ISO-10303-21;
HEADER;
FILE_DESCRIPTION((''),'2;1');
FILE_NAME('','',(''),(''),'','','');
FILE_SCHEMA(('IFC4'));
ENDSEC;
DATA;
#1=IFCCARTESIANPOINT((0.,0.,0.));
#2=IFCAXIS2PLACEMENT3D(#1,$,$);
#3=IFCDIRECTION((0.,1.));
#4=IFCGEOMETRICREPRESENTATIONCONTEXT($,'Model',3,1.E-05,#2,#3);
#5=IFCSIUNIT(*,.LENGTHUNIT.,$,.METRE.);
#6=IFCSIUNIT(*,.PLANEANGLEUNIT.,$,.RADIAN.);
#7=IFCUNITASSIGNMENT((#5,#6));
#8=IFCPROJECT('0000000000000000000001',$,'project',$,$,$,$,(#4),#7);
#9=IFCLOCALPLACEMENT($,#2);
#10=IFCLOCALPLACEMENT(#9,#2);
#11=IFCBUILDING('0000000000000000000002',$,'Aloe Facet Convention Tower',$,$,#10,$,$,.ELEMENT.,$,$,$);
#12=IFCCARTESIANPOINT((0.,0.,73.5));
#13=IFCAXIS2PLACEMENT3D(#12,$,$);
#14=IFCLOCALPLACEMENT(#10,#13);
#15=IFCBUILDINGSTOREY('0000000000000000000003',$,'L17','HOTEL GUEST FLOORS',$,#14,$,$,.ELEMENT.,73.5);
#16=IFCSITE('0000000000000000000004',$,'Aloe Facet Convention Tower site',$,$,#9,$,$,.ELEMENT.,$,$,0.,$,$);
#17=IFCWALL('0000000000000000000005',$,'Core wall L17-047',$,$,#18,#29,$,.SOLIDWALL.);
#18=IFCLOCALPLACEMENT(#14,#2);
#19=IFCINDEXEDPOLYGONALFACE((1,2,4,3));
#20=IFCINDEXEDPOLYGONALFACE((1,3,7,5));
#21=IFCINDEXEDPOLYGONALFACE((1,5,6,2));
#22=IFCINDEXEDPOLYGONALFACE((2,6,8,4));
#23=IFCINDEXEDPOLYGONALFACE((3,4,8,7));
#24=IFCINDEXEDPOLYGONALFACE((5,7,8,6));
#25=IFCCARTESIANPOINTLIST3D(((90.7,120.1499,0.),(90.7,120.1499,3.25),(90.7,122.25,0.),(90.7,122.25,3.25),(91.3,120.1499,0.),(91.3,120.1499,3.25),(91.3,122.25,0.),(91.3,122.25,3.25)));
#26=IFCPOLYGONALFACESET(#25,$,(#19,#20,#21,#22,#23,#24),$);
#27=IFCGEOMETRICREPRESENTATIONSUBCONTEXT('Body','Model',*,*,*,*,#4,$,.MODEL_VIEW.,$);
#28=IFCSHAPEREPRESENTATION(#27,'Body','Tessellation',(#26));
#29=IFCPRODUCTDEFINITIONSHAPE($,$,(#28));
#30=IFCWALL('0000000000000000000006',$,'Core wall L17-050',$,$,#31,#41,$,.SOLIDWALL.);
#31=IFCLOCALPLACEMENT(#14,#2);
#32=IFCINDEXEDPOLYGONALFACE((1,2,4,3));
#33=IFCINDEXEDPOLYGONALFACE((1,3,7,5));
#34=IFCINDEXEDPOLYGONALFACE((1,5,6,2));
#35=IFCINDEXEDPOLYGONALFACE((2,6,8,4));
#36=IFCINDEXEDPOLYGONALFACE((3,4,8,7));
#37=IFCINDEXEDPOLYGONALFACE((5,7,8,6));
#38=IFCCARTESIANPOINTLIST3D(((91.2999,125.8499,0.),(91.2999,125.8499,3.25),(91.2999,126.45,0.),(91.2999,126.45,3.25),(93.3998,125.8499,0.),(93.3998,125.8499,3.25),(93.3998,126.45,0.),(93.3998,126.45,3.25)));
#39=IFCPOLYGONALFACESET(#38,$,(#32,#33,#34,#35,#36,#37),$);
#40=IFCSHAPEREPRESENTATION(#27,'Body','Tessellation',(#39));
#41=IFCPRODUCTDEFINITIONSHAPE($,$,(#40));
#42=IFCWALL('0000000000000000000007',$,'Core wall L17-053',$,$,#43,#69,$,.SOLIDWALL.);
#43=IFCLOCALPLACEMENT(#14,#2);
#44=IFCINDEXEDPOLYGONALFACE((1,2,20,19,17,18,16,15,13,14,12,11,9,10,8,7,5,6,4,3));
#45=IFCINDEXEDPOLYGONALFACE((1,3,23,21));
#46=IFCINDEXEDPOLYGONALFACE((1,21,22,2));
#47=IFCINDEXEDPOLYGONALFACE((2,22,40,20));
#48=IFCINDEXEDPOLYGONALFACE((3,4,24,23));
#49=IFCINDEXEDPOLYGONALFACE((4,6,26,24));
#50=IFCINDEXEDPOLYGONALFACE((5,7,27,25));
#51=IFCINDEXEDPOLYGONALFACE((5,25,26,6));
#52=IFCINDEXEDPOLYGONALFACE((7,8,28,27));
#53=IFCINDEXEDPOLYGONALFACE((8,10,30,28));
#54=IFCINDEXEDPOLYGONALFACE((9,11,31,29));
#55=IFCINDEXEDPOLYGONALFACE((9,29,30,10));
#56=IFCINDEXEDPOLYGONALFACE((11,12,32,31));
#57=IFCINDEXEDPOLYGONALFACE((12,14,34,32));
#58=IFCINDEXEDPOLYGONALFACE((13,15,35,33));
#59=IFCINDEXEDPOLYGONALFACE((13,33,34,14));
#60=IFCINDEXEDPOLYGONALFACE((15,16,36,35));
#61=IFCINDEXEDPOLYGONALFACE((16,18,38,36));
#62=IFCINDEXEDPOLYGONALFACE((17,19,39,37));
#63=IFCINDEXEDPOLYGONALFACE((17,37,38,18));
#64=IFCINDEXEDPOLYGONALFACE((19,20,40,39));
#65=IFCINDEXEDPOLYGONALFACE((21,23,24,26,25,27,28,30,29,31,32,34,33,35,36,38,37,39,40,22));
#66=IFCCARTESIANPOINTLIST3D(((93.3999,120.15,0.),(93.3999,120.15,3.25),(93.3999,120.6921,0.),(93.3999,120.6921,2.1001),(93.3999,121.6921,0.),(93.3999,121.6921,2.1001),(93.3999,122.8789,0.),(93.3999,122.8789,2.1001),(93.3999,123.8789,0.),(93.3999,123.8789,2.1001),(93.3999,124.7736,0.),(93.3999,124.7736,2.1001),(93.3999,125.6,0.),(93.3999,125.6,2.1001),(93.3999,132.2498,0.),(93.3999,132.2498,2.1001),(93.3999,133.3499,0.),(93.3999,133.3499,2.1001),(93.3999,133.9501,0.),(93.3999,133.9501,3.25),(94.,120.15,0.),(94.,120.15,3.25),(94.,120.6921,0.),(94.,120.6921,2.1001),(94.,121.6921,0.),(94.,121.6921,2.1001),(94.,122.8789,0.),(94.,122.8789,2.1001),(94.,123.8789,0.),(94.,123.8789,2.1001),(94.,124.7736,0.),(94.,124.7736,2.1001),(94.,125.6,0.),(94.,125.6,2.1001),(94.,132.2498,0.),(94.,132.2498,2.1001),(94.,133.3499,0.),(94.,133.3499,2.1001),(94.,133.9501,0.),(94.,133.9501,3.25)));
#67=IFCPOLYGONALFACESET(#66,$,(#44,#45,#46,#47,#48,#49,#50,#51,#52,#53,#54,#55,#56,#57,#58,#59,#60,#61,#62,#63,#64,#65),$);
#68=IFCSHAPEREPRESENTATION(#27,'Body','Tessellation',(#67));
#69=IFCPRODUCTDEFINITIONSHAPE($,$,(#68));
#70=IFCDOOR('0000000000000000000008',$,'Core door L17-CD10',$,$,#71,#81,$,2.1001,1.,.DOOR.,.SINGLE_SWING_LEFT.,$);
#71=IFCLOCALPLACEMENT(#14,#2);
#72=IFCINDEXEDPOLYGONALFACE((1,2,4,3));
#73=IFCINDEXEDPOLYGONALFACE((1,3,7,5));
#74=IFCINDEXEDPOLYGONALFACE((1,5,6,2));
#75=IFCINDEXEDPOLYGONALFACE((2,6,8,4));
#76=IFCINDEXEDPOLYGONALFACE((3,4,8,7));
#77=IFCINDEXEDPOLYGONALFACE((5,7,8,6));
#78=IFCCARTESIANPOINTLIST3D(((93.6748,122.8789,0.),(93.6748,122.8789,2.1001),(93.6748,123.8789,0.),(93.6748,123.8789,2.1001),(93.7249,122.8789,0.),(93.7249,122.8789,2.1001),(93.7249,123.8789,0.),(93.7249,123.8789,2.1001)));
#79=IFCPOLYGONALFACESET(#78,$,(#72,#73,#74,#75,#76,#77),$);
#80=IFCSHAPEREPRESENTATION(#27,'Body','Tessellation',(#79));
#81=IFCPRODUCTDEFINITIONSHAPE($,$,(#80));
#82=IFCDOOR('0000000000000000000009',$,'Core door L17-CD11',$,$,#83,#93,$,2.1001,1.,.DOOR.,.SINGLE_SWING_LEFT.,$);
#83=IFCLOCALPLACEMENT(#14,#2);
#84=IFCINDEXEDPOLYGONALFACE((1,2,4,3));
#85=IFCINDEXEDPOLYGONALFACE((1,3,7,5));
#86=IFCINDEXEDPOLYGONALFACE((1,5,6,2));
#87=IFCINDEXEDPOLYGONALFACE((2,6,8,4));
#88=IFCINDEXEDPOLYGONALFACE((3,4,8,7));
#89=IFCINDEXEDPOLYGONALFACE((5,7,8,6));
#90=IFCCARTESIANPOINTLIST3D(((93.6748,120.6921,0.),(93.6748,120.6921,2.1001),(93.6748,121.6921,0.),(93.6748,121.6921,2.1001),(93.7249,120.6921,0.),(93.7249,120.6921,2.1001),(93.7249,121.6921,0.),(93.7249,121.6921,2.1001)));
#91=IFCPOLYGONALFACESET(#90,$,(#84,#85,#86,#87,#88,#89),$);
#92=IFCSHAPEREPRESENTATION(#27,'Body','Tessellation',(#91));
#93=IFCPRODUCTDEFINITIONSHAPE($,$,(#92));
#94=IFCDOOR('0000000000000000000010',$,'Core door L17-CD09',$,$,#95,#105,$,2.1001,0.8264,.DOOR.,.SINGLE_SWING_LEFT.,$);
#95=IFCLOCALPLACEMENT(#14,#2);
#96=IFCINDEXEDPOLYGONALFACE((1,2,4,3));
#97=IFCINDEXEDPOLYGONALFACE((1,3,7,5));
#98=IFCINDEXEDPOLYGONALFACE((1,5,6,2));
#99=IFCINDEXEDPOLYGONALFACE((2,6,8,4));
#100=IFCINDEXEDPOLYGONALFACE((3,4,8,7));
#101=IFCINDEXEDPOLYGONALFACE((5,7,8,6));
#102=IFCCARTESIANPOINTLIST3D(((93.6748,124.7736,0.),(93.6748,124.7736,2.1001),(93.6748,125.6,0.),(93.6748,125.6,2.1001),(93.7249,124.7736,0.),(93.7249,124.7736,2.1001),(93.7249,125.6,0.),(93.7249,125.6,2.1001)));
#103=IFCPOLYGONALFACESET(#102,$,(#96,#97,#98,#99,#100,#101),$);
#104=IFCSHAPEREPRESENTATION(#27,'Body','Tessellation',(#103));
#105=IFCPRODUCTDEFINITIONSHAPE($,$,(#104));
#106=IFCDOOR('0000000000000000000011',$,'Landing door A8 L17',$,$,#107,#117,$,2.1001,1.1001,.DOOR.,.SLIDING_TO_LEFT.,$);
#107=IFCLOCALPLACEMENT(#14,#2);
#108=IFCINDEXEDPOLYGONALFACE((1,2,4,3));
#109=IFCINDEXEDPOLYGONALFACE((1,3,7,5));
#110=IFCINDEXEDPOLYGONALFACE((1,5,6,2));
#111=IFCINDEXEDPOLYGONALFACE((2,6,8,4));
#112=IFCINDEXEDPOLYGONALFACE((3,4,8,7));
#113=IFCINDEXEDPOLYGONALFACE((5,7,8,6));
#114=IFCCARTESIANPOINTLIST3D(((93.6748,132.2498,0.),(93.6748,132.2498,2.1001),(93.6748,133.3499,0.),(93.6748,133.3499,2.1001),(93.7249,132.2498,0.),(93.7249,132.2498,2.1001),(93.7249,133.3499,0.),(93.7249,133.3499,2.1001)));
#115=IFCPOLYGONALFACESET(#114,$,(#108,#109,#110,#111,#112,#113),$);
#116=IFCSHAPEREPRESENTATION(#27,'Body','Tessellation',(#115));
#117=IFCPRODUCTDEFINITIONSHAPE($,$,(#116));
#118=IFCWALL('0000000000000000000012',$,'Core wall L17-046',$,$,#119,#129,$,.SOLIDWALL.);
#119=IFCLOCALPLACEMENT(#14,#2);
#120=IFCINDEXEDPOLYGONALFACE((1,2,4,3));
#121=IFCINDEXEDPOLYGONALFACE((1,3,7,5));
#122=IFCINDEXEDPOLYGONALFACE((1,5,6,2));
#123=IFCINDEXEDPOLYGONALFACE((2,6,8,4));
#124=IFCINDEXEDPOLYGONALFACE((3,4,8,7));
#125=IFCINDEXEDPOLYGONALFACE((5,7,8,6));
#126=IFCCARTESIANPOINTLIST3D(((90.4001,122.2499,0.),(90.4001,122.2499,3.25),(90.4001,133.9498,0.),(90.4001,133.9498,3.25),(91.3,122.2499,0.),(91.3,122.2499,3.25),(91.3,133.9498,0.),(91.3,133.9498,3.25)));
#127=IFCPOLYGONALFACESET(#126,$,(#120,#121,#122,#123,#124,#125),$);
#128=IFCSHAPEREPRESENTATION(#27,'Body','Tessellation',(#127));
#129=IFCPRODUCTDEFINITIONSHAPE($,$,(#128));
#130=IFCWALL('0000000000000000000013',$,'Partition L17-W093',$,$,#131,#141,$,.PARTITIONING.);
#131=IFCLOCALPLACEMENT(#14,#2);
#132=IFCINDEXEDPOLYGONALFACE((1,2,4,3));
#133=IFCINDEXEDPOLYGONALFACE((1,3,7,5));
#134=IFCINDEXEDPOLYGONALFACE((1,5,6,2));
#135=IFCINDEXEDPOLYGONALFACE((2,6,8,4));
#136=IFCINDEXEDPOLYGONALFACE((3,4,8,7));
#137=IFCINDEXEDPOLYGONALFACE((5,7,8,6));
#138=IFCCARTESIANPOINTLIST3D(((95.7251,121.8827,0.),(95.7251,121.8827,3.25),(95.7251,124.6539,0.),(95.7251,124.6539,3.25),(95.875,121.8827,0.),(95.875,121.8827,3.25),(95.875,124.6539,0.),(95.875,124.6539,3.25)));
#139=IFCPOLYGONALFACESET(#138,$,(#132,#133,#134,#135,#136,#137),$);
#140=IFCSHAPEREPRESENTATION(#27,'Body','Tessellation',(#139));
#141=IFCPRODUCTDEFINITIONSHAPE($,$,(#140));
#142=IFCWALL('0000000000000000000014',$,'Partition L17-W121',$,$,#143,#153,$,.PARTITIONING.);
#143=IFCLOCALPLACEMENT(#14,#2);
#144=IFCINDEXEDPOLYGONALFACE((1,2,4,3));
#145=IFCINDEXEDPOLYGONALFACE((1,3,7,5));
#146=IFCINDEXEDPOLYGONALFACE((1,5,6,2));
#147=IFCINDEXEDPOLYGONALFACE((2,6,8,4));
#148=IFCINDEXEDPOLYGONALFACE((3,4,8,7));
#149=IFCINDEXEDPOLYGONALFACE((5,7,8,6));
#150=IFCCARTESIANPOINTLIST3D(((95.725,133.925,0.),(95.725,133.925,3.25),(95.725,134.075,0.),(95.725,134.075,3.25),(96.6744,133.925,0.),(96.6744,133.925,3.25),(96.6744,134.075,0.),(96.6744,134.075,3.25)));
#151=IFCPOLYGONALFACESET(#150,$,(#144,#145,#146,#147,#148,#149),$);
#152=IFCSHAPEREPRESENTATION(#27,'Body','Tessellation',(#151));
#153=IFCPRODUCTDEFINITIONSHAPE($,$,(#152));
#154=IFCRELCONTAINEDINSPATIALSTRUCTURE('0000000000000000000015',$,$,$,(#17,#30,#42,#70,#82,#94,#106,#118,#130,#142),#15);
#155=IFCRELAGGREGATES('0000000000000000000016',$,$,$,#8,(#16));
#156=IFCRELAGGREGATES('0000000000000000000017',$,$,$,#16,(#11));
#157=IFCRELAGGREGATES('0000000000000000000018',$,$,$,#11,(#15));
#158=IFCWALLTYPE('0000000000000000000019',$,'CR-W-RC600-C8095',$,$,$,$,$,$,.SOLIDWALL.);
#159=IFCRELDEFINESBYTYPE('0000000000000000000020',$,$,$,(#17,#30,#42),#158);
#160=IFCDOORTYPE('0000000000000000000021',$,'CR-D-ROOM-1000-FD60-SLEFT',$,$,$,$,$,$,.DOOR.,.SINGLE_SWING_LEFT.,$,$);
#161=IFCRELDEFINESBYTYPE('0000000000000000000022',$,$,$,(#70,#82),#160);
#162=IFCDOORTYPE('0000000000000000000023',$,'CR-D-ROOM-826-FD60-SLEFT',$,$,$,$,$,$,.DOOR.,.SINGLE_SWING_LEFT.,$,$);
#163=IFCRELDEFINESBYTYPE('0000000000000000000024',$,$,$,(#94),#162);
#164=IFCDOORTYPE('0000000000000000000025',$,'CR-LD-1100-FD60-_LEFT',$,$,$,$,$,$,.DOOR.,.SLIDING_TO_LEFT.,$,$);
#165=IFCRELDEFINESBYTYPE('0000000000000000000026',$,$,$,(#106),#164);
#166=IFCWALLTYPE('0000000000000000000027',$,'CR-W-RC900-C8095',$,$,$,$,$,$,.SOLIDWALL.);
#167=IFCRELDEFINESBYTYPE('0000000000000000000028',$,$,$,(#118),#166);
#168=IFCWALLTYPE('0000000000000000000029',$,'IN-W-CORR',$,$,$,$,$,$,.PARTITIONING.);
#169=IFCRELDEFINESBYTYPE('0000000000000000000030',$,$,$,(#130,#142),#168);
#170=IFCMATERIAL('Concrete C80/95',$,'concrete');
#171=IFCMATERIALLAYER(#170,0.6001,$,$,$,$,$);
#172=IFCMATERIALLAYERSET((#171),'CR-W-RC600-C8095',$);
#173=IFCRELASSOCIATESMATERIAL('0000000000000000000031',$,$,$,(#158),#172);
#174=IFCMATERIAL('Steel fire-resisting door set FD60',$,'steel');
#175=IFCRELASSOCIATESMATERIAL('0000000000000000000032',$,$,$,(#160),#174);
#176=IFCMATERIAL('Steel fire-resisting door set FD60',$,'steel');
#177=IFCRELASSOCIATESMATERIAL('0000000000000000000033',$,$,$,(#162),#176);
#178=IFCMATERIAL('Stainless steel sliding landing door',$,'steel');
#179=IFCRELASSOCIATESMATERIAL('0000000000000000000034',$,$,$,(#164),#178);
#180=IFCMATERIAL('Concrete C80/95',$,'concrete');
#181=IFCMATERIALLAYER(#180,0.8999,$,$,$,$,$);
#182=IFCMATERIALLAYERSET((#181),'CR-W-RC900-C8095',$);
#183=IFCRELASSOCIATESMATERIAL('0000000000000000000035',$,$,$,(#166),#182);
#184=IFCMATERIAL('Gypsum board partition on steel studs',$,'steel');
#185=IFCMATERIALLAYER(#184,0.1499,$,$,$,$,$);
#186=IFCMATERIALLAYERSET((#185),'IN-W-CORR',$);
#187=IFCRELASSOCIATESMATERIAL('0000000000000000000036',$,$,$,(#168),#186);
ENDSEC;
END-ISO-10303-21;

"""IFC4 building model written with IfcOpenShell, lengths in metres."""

from ifc_helpers import new_model, si_unit, direction, frame, frame_2d, origin, place, context, subcontext, project, spatial, rectangle, extrude, material, layer, layer_set, type_object, element, fill, save


model = new_model("IFC4")

# Units and contexts
model_context = context("Model", 3, precision=1e-05, world=origin(), true_north=direction((0.0, 1.0)))
body_context = subcontext(model_context, "Body", "Model", "MODEL_VIEW")
ifc_project = project(units=[si_unit("LENGTHUNIT", "METRE"), si_unit("PLANEANGLEUNIT", "RADIAN")], contexts=[model_context])

# Site, building, storey
site_placement = place(None, origin())
site = spatial("IfcSite", under=ifc_project, at=site_placement, Name="Aloe Facet Convention Tower site", CompositionType="ELEMENT", RefElevation=0.0)
building_placement = place(site_placement, origin())
building = spatial("IfcBuilding", under=site, at=building_placement, Name="Aloe Facet Convention Tower", CompositionType="ELEMENT")
storey_placement = place(building_placement, frame((0.0, 0.0, 73.5)))
storey = spatial("IfcBuildingStorey", under=building, at=storey_placement, Name="L17", Description="HOTEL GUEST FLOORS", CompositionType="ELEMENT", Elevation=73.5)

# Walls
ifc_material_1 = material(Name="Concrete C80/95", Category="concrete")
ifc_layer_1 = layer(ifc_material_1, 0.6001)
ifc_layer_set_1 = layer_set([ifc_layer_1], Name="CR-W-RC600-C8095")
wall_type_1 = type_object("IfcWallType", Name="CR-W-RC600-C8095", PredefinedType="SOLIDWALL", material=ifc_layer_set_1)
wall_1_placement = place(storey_placement, frame((91.0, 122.25, 0.0), z_axis=(0.0, 0.0, 1.0), x_axis=(0.0, -1.0, 0.0)))
element("IfcWall", 1, at=wall_1_placement, inside=storey, type_object=wall_type_1, Name="Core wall L17-047", PredefinedType="SOLIDWALL", context=body_context, shape_type="SweptSolid", body=[
    extrude(rectangle(XDim=2.1001, YDim=0.6001, at=frame_2d((1.05, 0.0))), origin(), (0.0, 0.0, 1.0), 3.25),
])
wall_2_placement = place(storey_placement, frame((91.3, 126.1499, 0.0), z_axis=(0.0, 0.0, 1.0), x_axis=(1.0, 0.0, 0.0)))
element("IfcWall", 2, at=wall_2_placement, inside=storey, type_object=wall_type_1, Name="Core wall L17-050", PredefinedType="SOLIDWALL", context=body_context, shape_type="SweptSolid", body=[
    extrude(rectangle(XDim=2.0999, YDim=0.6001, at=frame_2d((1.0498, 0.0))), origin(), (0.0, 0.0, 1.0), 3.25),
])

# Wall, openings, doors
wall_3_placement = place(storey_placement, frame((93.7, 133.95, 0.0), z_axis=(0.0, 0.0, 1.0), x_axis=(0.0, -1.0, 0.0)))
wall_3 = element("IfcWall", 3, at=wall_3_placement, inside=storey, type_object=wall_type_1, Name="Core wall L17-053", PredefinedType="SOLIDWALL", context=body_context, shape_type="SweptSolid", body=[
    extrude(rectangle(XDim=13.8, YDim=0.6001, at=frame_2d((6.8999, 0.0))), origin(), (0.0, 0.0, 1.0), 3.25),
])
opening_1_placement = place(wall_3_placement, frame((0.6001, 0.0, 0.0)))
opening_1 = element("IfcOpeningElement", 4, at=opening_1_placement, cuts=wall_3, PredefinedType="OPENING", context=body_context, shape_type="SweptSolid", body=[
    extrude(rectangle(XDim=1.1001, YDim=2.1001, at=frame_2d((0.55, 1.05))), frame((0.0, 0.3101, 0.0), z_axis=(0.0, -1.0, 0.0), x_axis=(1.0, 0.0, 0.0)), (0.0, 0.0, 1.0), 0.6201),
])
opening_2_placement = place(wall_3_placement, frame((8.3501, 0.0, 0.0)))
opening_2 = element("IfcOpeningElement", 5, at=opening_2_placement, cuts=wall_3, PredefinedType="OPENING", context=body_context, shape_type="SweptSolid", body=[
    extrude(rectangle(XDim=0.8264, YDim=2.1001, at=frame_2d((0.4131, 1.05))), frame((0.0, 0.3101, 0.0), z_axis=(0.0, -1.0, 0.0), x_axis=(1.0, 0.0, 0.0)), (0.0, 0.0, 1.0), 0.6201),
])
opening_3_placement = place(wall_3_placement, frame((10.071, 0.0, 0.0)))
opening_3 = element("IfcOpeningElement", 6, at=opening_3_placement, cuts=wall_3, PredefinedType="OPENING", context=body_context, shape_type="SweptSolid", body=[
    extrude(rectangle(XDim=1.0, YDim=2.1001, at=frame_2d((0.5, 1.05))), frame((0.0, 0.3101, 0.0), z_axis=(0.0, -1.0, 0.0), x_axis=(1.0, 0.0, 0.0)), (0.0, 0.0, 1.0), 0.6201),
])
opening_4_placement = place(wall_3_placement, frame((12.2578, 0.0, 0.0)))
opening_4 = element("IfcOpeningElement", 7, at=opening_4_placement, cuts=wall_3, PredefinedType="OPENING", context=body_context, shape_type="SweptSolid", body=[
    extrude(rectangle(XDim=1.0, YDim=2.1001, at=frame_2d((0.5, 1.05))), frame((0.0, 0.3101, 0.0), z_axis=(0.0, -1.0, 0.0), x_axis=(1.0, 0.0, 0.0)), (0.0, 0.0, 1.0), 0.6201),
])
ifc_material_2 = material(Name="Steel fire-resisting door set FD60", Category="steel")
door_type_1 = type_object("IfcDoorType", Name="CR-D-ROOM-1000-FD60-SLEFT", OperationType="SINGLE_SWING_LEFT", PredefinedType="DOOR", material=ifc_material_2)
door_1_placement = place(opening_3_placement, origin())
door_1 = element("IfcDoor", 8, at=door_1_placement, inside=storey, type_object=door_type_1, Name="Core door L17-CD10", OperationType="SINGLE_SWING_LEFT", OverallHeight=2.1001, OverallWidth=1.0, PredefinedType="DOOR", context=body_context, shape_type="SweptSolid", body=[
    extrude(rectangle(XDim=1.0, YDim=2.1001, at=frame_2d((0.5, 1.05))), frame((0.0, 0.0249, 0.0), z_axis=(0.0, -1.0, 0.0), x_axis=(1.0, 0.0, 0.0)), (0.0, 0.0, 1.0), 0.05),
])
fill(opening_3, door_1)
door_2_placement = place(opening_4_placement, origin())
door_2 = element("IfcDoor", 9, at=door_2_placement, inside=storey, type_object=door_type_1, Name="Core door L17-CD11", OperationType="SINGLE_SWING_LEFT", OverallHeight=2.1001, OverallWidth=1.0, PredefinedType="DOOR", context=body_context, shape_type="SweptSolid", body=[
    extrude(rectangle(XDim=1.0, YDim=2.1001, at=frame_2d((0.5, 1.05))), frame((0.0, 0.0249, 0.0), z_axis=(0.0, -1.0, 0.0), x_axis=(1.0, 0.0, 0.0)), (0.0, 0.0, 1.0), 0.05),
])
fill(opening_4, door_2)
ifc_material_3 = material(Name="Steel fire-resisting door set FD60", Category="steel")
door_type_2 = type_object("IfcDoorType", Name="CR-D-ROOM-826-FD60-SLEFT", OperationType="SINGLE_SWING_LEFT", PredefinedType="DOOR", material=ifc_material_3)
door_3_placement = place(opening_2_placement, origin())
door_3 = element("IfcDoor", 10, at=door_3_placement, inside=storey, type_object=door_type_2, Name="Core door L17-CD09", OperationType="SINGLE_SWING_LEFT", OverallHeight=2.1001, OverallWidth=0.8264, PredefinedType="DOOR", context=body_context, shape_type="SweptSolid", body=[
    extrude(rectangle(XDim=0.8264, YDim=2.1001, at=frame_2d((0.4131, 1.05))), frame((0.0, 0.0249, 0.0), z_axis=(0.0, -1.0, 0.0), x_axis=(1.0, 0.0, 0.0)), (0.0, 0.0, 1.0), 0.05),
])
fill(opening_2, door_3)
ifc_material_4 = material(Name="Stainless steel sliding landing door", Category="steel")
door_type_3 = type_object("IfcDoorType", Name="CR-LD-1100-FD60-_LEFT", OperationType="SLIDING_TO_LEFT", PredefinedType="DOOR", material=ifc_material_4)
door_4_placement = place(opening_1_placement, origin())
door_4 = element("IfcDoor", 11, at=door_4_placement, inside=storey, type_object=door_type_3, Name="Landing door A8 L17", OperationType="SLIDING_TO_LEFT", OverallHeight=2.1001, OverallWidth=1.1001, PredefinedType="DOOR", context=body_context, shape_type="SweptSolid", body=[
    extrude(rectangle(XDim=1.1001, YDim=2.1001, at=frame_2d((0.55, 1.05))), frame((0.0, 0.0249, 0.0), z_axis=(0.0, -1.0, 0.0), x_axis=(1.0, 0.0, 0.0)), (0.0, 0.0, 1.0), 0.05),
])
fill(opening_1, door_4)

# Walls
ifc_material_5 = material(Name="Concrete C80/95", Category="concrete")
ifc_layer_2 = layer(ifc_material_5, 0.8999)
ifc_layer_set_2 = layer_set([ifc_layer_2], Name="CR-W-RC900-C8095")
wall_type_2 = type_object("IfcWallType", Name="CR-W-RC900-C8095", PredefinedType="SOLIDWALL", material=ifc_layer_set_2)
wall_4_placement = place(storey_placement, frame((90.8501, 133.95, 0.0), z_axis=(0.0, 0.0, 1.0), x_axis=(0.0, -1.0, 0.0)))
element("IfcWall", 12, at=wall_4_placement, inside=storey, type_object=wall_type_2, Name="Core wall L17-046", PredefinedType="SOLIDWALL", context=body_context, shape_type="SweptSolid", body=[
    extrude(rectangle(XDim=11.7, YDim=0.8999, at=frame_2d((5.8501, 0.0))), origin(), (0.0, 0.0, 1.0), 3.25),
])
ifc_material_6 = material(Name="Gypsum board partition on steel studs", Category="steel")
ifc_layer_3 = layer(ifc_material_6, 0.1499)
ifc_layer_set_3 = layer_set([ifc_layer_3], Name="IN-W-CORR")
wall_type_3 = type_object("IfcWallType", Name="IN-W-CORR", PredefinedType="PARTITIONING", material=ifc_layer_set_3)
wall_5_placement = place(storey_placement, frame((95.8, 121.8826, 0.0), z_axis=(0.0, 0.0, 1.0), x_axis=(0.0, 1.0, 0.0)))
element("IfcWall", 13, at=wall_5_placement, inside=storey, type_object=wall_type_3, Name="Partition L17-W093", PredefinedType="PARTITIONING", context=body_context, shape_type="SweptSolid", body=[
    extrude(rectangle(XDim=2.7712, YDim=0.1499, at=frame_2d((1.3857, 0.0))), origin(), (0.0, 0.0, 1.0), 3.25),
])
wall_6_placement = place(storey_placement, frame((95.7251, 134.0, 0.0), z_axis=(0.0, 0.0, 1.0), x_axis=(1.0, 0.0, 0.0)))
element("IfcWall", 14, at=wall_6_placement, inside=storey, type_object=wall_type_3, Name="Partition L17-W121", PredefinedType="PARTITIONING", context=body_context, shape_type="SweptSolid", body=[
    extrude(rectangle(XDim=0.9495, YDim=0.1499, at=frame_2d((0.4746, 0.0))), origin(), (0.0, 0.0, 1.0), 3.25),
])

save(model, "model.ifc")
